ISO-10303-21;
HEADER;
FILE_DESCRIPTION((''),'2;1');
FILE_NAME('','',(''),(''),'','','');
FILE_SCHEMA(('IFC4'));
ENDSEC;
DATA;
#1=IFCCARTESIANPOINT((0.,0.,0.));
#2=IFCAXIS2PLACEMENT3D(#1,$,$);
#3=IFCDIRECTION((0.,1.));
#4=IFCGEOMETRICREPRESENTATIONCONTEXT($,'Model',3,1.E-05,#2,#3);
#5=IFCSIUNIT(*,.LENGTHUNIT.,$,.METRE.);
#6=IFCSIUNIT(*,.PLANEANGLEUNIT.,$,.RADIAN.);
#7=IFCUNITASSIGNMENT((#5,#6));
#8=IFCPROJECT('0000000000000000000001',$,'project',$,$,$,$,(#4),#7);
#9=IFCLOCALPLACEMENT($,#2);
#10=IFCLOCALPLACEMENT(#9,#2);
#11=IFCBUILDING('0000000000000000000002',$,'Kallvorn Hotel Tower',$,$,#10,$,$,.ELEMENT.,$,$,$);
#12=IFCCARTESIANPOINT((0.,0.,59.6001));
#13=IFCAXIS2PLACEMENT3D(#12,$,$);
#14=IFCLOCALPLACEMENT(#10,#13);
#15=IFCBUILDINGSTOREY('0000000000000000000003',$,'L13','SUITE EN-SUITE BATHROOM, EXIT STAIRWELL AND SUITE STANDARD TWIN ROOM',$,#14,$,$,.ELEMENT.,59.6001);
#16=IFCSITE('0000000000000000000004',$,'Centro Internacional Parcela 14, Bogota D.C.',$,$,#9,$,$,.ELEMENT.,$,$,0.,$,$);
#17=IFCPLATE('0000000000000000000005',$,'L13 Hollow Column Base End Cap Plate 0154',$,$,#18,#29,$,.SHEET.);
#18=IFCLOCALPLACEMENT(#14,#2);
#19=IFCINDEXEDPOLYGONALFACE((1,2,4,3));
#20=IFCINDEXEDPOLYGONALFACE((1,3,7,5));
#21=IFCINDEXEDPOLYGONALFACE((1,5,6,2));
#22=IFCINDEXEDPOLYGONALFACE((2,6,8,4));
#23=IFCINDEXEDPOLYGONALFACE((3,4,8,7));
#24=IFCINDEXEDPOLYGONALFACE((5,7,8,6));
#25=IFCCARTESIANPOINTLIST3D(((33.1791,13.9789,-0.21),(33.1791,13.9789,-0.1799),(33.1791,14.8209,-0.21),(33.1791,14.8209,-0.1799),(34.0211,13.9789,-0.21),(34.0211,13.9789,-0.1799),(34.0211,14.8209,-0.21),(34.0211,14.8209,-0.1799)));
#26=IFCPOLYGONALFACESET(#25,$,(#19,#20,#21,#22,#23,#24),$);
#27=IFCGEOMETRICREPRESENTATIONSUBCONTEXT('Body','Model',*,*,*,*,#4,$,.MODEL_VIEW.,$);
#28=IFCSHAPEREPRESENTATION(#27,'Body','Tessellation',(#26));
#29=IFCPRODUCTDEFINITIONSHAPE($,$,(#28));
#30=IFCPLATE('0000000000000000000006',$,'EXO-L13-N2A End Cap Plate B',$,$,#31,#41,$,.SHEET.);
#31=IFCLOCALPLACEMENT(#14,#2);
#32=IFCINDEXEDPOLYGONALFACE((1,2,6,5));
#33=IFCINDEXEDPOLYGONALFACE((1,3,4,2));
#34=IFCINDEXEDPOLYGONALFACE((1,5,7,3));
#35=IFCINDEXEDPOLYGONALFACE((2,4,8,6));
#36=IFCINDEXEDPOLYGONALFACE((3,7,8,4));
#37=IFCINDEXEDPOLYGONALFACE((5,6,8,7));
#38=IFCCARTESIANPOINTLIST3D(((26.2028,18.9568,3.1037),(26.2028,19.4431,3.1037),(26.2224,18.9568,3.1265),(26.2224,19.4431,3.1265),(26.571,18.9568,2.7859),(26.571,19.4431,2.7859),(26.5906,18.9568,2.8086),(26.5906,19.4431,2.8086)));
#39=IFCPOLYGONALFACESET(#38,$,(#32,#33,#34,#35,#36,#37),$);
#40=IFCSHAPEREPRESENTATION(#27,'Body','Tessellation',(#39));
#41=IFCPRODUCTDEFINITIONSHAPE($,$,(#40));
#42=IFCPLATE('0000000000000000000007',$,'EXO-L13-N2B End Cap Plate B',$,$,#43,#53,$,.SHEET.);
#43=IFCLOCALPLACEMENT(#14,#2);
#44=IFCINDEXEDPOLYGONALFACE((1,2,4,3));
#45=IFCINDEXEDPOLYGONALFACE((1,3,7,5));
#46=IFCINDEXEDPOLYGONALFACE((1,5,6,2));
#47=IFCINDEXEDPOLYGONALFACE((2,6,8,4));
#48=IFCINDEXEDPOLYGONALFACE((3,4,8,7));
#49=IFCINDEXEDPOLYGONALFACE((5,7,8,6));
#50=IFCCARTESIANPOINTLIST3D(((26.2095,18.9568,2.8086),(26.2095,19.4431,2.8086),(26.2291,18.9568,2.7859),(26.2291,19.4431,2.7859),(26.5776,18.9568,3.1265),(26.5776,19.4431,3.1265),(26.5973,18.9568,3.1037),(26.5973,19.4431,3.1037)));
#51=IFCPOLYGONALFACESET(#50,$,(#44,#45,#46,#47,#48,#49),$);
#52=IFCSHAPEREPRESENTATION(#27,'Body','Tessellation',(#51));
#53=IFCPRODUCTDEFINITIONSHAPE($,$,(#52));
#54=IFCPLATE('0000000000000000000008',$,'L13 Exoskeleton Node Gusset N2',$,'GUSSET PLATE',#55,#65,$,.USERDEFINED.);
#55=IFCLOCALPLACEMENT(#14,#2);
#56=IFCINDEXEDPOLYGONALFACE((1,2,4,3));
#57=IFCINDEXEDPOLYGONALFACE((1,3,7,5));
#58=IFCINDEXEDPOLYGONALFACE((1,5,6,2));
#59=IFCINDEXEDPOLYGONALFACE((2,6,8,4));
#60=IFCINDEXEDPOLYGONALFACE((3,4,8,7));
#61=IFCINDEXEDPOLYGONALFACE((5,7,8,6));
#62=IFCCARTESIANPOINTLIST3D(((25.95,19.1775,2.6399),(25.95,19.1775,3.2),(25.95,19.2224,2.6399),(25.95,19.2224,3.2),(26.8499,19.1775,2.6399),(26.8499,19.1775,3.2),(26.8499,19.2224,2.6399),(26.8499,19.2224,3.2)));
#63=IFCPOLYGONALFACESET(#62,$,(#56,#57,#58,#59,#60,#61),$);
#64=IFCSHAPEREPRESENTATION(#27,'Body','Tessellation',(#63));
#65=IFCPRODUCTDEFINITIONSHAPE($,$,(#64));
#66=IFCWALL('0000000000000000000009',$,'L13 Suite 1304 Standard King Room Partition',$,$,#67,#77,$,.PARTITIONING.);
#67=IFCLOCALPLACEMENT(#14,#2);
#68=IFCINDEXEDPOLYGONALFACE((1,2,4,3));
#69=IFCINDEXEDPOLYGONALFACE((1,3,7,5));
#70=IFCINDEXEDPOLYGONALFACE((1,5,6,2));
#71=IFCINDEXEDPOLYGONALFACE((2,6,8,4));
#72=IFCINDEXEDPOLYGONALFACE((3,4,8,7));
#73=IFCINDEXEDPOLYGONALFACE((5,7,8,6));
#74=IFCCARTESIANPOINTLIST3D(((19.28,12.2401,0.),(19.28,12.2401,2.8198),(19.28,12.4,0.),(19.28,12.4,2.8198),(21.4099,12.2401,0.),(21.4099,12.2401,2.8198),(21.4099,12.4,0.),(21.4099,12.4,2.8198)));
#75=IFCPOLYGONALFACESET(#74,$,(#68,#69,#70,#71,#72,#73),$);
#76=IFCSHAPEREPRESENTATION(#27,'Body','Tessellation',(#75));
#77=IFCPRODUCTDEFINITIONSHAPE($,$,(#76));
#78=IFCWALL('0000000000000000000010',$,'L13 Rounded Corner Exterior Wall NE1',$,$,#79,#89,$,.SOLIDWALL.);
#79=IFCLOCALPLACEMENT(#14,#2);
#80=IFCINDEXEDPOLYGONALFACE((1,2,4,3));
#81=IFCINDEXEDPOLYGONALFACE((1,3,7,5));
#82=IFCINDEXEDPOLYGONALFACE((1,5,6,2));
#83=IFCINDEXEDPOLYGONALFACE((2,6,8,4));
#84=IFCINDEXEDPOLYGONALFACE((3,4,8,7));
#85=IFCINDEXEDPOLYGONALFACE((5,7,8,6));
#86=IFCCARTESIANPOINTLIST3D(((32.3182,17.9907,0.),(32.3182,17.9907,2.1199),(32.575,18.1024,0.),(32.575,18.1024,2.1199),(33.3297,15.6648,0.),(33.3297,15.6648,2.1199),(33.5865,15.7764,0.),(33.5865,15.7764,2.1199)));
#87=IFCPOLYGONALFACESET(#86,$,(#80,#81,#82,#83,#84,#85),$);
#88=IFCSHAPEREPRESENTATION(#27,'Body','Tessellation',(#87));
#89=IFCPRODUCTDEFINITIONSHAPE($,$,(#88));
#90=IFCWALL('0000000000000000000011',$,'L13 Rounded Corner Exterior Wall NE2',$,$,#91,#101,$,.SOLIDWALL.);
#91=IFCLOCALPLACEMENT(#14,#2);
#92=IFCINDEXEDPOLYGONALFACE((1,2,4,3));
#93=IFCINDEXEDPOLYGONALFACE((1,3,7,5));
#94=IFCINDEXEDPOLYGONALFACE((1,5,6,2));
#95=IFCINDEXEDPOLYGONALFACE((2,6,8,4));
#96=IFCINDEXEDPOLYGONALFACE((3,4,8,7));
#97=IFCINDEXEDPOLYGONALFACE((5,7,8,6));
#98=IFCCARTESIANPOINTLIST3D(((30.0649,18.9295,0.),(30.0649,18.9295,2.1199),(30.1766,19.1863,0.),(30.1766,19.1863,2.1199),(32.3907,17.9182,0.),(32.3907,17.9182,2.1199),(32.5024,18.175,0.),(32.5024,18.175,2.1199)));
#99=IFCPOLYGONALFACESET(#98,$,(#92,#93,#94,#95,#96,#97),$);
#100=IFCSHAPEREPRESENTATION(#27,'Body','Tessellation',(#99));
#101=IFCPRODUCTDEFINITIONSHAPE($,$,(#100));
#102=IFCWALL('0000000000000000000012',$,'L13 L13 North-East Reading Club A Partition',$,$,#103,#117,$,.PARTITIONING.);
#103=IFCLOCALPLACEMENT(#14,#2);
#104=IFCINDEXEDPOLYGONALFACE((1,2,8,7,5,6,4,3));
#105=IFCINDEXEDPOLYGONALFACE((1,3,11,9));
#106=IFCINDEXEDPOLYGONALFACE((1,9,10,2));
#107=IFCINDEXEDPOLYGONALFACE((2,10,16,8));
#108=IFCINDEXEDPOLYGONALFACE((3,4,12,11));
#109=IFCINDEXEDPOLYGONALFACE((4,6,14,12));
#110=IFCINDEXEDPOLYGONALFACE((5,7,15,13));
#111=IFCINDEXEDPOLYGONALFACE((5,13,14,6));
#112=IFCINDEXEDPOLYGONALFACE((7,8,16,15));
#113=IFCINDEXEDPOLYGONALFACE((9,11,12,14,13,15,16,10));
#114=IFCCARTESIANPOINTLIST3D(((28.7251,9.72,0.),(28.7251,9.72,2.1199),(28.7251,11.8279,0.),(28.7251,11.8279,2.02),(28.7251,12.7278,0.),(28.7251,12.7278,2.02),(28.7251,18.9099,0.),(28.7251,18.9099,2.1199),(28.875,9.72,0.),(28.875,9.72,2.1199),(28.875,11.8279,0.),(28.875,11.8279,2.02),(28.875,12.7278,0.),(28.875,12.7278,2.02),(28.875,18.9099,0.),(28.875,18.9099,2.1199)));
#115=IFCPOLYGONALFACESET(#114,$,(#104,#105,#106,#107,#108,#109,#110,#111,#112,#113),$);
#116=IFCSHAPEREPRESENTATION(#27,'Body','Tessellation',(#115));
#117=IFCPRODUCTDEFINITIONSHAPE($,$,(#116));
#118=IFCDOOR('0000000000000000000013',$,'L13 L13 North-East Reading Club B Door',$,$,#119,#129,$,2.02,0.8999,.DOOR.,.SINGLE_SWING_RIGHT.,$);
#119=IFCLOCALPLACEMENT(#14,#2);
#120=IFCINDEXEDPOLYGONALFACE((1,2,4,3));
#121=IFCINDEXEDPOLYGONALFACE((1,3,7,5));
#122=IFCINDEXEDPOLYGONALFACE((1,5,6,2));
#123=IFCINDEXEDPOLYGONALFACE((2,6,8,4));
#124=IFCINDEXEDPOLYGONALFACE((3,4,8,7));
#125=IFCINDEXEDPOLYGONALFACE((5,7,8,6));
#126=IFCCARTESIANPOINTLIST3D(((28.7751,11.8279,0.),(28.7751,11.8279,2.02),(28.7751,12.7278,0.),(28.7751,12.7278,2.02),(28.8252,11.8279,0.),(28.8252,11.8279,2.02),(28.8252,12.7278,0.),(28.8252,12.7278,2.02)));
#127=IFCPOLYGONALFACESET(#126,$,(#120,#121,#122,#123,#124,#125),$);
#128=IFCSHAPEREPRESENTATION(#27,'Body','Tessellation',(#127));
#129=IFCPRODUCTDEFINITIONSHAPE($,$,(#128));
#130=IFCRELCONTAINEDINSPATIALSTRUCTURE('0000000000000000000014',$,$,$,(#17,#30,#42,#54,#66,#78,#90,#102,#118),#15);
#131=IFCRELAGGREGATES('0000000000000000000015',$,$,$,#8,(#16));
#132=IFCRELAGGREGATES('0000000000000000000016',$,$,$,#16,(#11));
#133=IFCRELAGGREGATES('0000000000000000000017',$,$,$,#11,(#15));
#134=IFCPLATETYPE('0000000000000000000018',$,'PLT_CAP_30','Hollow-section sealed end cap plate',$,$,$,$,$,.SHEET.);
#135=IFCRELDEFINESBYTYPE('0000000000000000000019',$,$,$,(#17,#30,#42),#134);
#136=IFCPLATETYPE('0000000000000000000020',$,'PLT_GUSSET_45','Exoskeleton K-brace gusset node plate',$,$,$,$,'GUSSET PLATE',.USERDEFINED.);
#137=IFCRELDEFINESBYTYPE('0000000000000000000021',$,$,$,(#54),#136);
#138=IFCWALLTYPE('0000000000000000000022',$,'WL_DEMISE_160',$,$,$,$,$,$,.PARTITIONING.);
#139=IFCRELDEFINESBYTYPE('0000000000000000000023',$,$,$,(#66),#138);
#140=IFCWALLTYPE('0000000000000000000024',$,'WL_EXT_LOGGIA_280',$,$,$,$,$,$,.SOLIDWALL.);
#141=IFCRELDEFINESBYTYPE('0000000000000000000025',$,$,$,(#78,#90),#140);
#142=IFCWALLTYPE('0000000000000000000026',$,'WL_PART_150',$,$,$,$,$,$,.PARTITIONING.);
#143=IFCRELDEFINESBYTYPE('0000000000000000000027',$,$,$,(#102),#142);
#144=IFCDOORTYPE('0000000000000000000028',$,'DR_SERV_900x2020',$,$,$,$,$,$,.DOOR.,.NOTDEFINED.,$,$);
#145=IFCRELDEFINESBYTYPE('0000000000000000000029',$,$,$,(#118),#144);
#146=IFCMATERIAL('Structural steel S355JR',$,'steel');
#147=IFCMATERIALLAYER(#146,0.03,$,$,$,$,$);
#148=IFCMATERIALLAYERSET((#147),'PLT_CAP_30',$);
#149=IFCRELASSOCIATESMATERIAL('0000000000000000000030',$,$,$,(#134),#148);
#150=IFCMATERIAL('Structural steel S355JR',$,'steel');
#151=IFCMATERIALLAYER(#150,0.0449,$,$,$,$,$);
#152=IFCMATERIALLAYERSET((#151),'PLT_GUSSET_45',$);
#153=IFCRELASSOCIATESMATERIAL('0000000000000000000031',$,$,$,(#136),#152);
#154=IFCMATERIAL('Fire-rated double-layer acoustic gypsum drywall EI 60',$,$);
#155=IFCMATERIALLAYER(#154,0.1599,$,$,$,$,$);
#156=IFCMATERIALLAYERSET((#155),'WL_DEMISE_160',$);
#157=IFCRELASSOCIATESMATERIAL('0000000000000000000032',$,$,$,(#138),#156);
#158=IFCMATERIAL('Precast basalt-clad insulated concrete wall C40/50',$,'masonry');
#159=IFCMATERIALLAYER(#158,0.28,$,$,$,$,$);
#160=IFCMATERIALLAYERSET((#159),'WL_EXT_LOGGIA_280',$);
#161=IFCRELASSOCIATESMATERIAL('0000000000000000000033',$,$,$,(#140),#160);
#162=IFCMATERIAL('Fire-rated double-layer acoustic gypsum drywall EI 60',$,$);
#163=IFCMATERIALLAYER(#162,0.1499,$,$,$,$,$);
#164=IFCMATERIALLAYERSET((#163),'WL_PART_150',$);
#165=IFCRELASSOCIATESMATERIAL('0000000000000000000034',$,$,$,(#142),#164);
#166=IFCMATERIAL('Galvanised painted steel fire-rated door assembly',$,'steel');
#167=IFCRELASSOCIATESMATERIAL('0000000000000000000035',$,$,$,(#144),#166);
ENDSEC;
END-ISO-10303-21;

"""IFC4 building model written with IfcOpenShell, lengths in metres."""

from ifc_helpers import new_model, si_unit, direction, frame, frame_2d, origin, origin_2d, place, context, subcontext, project, spatial, polyline, rectangle, outline, extrude, material, layer, layer_set, type_object, element, fill, save


model = new_model("IFC4")

# Units and contexts
model_context = context("Model", 3, precision=1e-05, world=origin(), true_north=direction((0.0, 1.0)))
body_context = subcontext(model_context, "Body", "Model", "MODEL_VIEW")
ifc_project = project(units=[si_unit("LENGTHUNIT", "METRE"), si_unit("PLANEANGLEUNIT", "RADIAN")], contexts=[model_context])

# Site, building, storey
site_placement = place(None, origin())
site = spatial("IfcSite", under=ifc_project, at=site_placement, Name="Centro Internacional Parcela 14, Bogota D.C.", CompositionType="ELEMENT", RefElevation=0.0)
building_placement = place(site_placement, origin())
building = spatial("IfcBuilding", under=site, at=building_placement, Name="Kallvorn Hotel Tower", CompositionType="ELEMENT")
storey_placement = place(building_placement, frame((0.0, 0.0, 59.6001)))
storey = spatial("IfcBuildingStorey", under=building, at=storey_placement, Name="L13", Description="SUITE EN-SUITE BATHROOM, EXIT STAIRWELL AND SUITE STANDARD TWIN ROOM", CompositionType="ELEMENT", Elevation=59.6001)

# Plates
ifc_material_1 = material(Name="Structural steel S355JR", Category="steel")
ifc_layer_1 = layer(ifc_material_1, 0.03)
ifc_layer_set_1 = layer_set([ifc_layer_1], Name="PLT_CAP_30")
plate_type_1 = type_object("IfcPlateType", Name="PLT_CAP_30", Description="Hollow-section sealed end cap plate", PredefinedType="SHEET", material=ifc_layer_set_1)
plate_1_placement = place(storey_placement, frame((33.6001, 14.3999, -0.21), z_axis=(0.0, 0.0, 1.0), x_axis=(1.0, 0.0, 0.0)))
element("IfcPlate", 1, at=plate_1_placement, inside=storey, type_object=plate_type_1, Name="L13 Hollow Column Base End Cap Plate 0154", PredefinedType="SHEET", context=body_context, shape_type="SweptSolid", body=[
    extrude(rectangle(XDim=0.842, YDim=0.842, at=origin_2d()), origin(), (0.0, 0.0, 1.0), 0.03),
])
for number, where, z_axis, x_axis, name in (
    (2, (26.5906, 18.9568, 2.8086), (0.653515, 0.0, 0.756913), (0.0, 1.0, 0.0), "EXO-L13-N2A End Cap Plate B"),
    (3, (26.2095, 19.4431, 2.8086), (-0.653515, 0.0, 0.756913), (0.0, -1.0, 0.0), "EXO-L13-N2B End Cap Plate B"),
):
    element("IfcPlate", number, at=place(storey_placement, frame(where, z_axis=z_axis, x_axis=x_axis)), inside=storey, type_object=plate_type_1, Name=name, PredefinedType="SHEET", context=body_context, shape_type="SweptSolid", body=[
        extrude(outline(polyline([(0.0, 0.0), (0.4863, 0.0), (0.4863, 0.4864), (0.0, 0.4864), (0.0, 0.0)])), origin(), (0.0, 0.0, -1.0), 0.03),
    ])
ifc_material_2 = material(Name="Structural steel S355JR", Category="steel")
ifc_layer_2 = layer(ifc_material_2, 0.0449)
ifc_layer_set_2 = layer_set([ifc_layer_2], Name="PLT_GUSSET_45")
plate_type_2 = type_object("IfcPlateType", Name="PLT_GUSSET_45", Description="Exoskeleton K-brace gusset node plate", ElementType="GUSSET PLATE", PredefinedType="USERDEFINED", material=ifc_layer_set_2)
plate_2_placement = place(storey_placement, frame((26.3999, 19.2, 2.6399), z_axis=(0.0, 0.0, 1.0), x_axis=(1.0, 0.0, 0.0)))
element("IfcPlate", 4, at=plate_2_placement, inside=storey, type_object=plate_type_2, Name="L13 Exoskeleton Node Gusset N2", ObjectType="GUSSET PLATE", PredefinedType="USERDEFINED", context=body_context, shape_type="SweptSolid", body=[
    extrude(rectangle(XDim=0.8999, YDim=0.0449, at=origin_2d()), origin(), (0.0, 0.0, 1.0), 0.5601),
])

# Walls
ifc_material_3 = material(Name="Fire-rated double-layer acoustic gypsum drywall EI 60")
ifc_layer_3 = layer(ifc_material_3, 0.1599)
ifc_layer_set_3 = layer_set([ifc_layer_3], Name="WL_DEMISE_160")
wall_type_1 = type_object("IfcWallType", Name="WL_DEMISE_160", PredefinedType="PARTITIONING", material=ifc_layer_set_3)
wall_1_placement = place(storey_placement, frame((19.28, 12.3201, 0.0), z_axis=(0.0, 0.0, 1.0), x_axis=(1.0, 0.0, 0.0)))
element("IfcWall", 5, at=wall_1_placement, inside=storey, type_object=wall_type_1, Name="L13 Suite 1304 Standard King Room Partition", PredefinedType="PARTITIONING", context=body_context, shape_type="SweptSolid", body=[
    extrude(rectangle(XDim=2.1299, YDim=0.1599, at=frame_2d((1.0649, 0.0))), origin(), (0.0, 0.0, 1.0), 2.8198),
])
ifc_material_4 = material(Name="Precast basalt-clad insulated concrete wall C40/50", Category="masonry")
ifc_layer_4 = layer(ifc_material_4, 0.28)
ifc_layer_set_4 = layer_set([ifc_layer_4], Name="WL_EXT_LOGGIA_280")
wall_type_2 = type_object("IfcWallType", Name="WL_EXT_LOGGIA_280", PredefinedType="SOLIDWALL", material=ifc_layer_set_4)
wall_2_placement = place(storey_placement, frame((33.458, 15.7207, 0.0), z_axis=(0.0, 0.0, 1.0), x_axis=(-0.398793, 0.917041, 0.0)))
element("IfcWall", 6, at=wall_2_placement, inside=storey, type_object=wall_type_2, Name="L13 Rounded Corner Exterior Wall NE1", PredefinedType="SOLIDWALL", context=body_context, shape_type="SweptSolid", body=[
    extrude(rectangle(XDim=2.5364, YDim=0.28, at=frame_2d((1.2681, 0.0))), origin(), (0.0, 0.0, 1.0), 2.1199),
])
wall_3_placement = place(storey_placement, frame((32.4465, 18.0466, 0.0), z_axis=(0.0, 0.0, 1.0), x_axis=(-0.917061, 0.398747, 0.0)))
element("IfcWall", 7, at=wall_3_placement, inside=storey, type_object=wall_type_2, Name="L13 Rounded Corner Exterior Wall NE2", PredefinedType="SOLIDWALL", context=body_context, shape_type="SweptSolid", body=[
    extrude(rectangle(XDim=2.5361, YDim=0.28, at=frame_2d((1.2681, 0.0))), origin(), (0.0, 0.0, 1.0), 2.1199),
])

# Wall, opening, door
ifc_material_5 = material(Name="Fire-rated double-layer acoustic gypsum drywall EI 60")
ifc_layer_5 = layer(ifc_material_5, 0.1499)
ifc_layer_set_5 = layer_set([ifc_layer_5], Name="WL_PART_150")
wall_type_3 = type_object("IfcWallType", Name="WL_PART_150", PredefinedType="PARTITIONING", material=ifc_layer_set_5)
wall_4_placement = place(storey_placement, frame((28.8, 9.72, 0.0), z_axis=(0.0, 0.0, 1.0), x_axis=(0.0, 1.0, 0.0)))
wall_4 = element("IfcWall", 8, at=wall_4_placement, inside=storey, type_object=wall_type_3, Name="L13 L13 North-East Reading Club A Partition", PredefinedType="PARTITIONING", context=body_context, shape_type="SweptSolid", body=[
    extrude(rectangle(XDim=9.1899, YDim=0.1499, at=frame_2d((4.595, 0.0))), origin(), (0.0, 0.0, 1.0), 2.1199),
])
opening_placement = place(wall_4_placement, frame((2.1079, 0.0, 0.0)))
opening = element("IfcOpeningElement", 9, at=opening_placement, cuts=wall_4, PredefinedType="OPENING", context=body_context, shape_type="SweptSolid", body=[
    extrude(rectangle(XDim=0.8999, YDim=2.02, at=frame_2d((0.45, 1.01))), frame((0.0, 0.0898, 0.0), z_axis=(0.0, -1.0, 0.0), x_axis=(1.0, 0.0, 0.0)), (0.0, 0.0, 1.0), 0.1799),
])
ifc_material_6 = material(Name="Galvanised painted steel fire-rated door assembly", Category="steel")
door_type = type_object("IfcDoorType", Name="DR_SERV_900x2020", OperationType="NOTDEFINED", PredefinedType="DOOR", material=ifc_material_6)
door_placement = place(opening_placement, origin())
door = element("IfcDoor", 10, at=door_placement, inside=storey, type_object=door_type, Name="L13 L13 North-East Reading Club B Door", OperationType="SINGLE_SWING_RIGHT", OverallHeight=2.02, OverallWidth=0.8999, PredefinedType="DOOR", context=body_context, shape_type="SweptSolid", body=[
    extrude(rectangle(XDim=0.8999, YDim=2.02, at=frame_2d((0.45, 1.01))), frame((0.0, 0.0249, 0.0), z_axis=(0.0, -1.0, 0.0), x_axis=(1.0, 0.0, 0.0)), (0.0, 0.0, 1.0), 0.05),
])
fill(opening, door)

save(model, "model.ifc")
